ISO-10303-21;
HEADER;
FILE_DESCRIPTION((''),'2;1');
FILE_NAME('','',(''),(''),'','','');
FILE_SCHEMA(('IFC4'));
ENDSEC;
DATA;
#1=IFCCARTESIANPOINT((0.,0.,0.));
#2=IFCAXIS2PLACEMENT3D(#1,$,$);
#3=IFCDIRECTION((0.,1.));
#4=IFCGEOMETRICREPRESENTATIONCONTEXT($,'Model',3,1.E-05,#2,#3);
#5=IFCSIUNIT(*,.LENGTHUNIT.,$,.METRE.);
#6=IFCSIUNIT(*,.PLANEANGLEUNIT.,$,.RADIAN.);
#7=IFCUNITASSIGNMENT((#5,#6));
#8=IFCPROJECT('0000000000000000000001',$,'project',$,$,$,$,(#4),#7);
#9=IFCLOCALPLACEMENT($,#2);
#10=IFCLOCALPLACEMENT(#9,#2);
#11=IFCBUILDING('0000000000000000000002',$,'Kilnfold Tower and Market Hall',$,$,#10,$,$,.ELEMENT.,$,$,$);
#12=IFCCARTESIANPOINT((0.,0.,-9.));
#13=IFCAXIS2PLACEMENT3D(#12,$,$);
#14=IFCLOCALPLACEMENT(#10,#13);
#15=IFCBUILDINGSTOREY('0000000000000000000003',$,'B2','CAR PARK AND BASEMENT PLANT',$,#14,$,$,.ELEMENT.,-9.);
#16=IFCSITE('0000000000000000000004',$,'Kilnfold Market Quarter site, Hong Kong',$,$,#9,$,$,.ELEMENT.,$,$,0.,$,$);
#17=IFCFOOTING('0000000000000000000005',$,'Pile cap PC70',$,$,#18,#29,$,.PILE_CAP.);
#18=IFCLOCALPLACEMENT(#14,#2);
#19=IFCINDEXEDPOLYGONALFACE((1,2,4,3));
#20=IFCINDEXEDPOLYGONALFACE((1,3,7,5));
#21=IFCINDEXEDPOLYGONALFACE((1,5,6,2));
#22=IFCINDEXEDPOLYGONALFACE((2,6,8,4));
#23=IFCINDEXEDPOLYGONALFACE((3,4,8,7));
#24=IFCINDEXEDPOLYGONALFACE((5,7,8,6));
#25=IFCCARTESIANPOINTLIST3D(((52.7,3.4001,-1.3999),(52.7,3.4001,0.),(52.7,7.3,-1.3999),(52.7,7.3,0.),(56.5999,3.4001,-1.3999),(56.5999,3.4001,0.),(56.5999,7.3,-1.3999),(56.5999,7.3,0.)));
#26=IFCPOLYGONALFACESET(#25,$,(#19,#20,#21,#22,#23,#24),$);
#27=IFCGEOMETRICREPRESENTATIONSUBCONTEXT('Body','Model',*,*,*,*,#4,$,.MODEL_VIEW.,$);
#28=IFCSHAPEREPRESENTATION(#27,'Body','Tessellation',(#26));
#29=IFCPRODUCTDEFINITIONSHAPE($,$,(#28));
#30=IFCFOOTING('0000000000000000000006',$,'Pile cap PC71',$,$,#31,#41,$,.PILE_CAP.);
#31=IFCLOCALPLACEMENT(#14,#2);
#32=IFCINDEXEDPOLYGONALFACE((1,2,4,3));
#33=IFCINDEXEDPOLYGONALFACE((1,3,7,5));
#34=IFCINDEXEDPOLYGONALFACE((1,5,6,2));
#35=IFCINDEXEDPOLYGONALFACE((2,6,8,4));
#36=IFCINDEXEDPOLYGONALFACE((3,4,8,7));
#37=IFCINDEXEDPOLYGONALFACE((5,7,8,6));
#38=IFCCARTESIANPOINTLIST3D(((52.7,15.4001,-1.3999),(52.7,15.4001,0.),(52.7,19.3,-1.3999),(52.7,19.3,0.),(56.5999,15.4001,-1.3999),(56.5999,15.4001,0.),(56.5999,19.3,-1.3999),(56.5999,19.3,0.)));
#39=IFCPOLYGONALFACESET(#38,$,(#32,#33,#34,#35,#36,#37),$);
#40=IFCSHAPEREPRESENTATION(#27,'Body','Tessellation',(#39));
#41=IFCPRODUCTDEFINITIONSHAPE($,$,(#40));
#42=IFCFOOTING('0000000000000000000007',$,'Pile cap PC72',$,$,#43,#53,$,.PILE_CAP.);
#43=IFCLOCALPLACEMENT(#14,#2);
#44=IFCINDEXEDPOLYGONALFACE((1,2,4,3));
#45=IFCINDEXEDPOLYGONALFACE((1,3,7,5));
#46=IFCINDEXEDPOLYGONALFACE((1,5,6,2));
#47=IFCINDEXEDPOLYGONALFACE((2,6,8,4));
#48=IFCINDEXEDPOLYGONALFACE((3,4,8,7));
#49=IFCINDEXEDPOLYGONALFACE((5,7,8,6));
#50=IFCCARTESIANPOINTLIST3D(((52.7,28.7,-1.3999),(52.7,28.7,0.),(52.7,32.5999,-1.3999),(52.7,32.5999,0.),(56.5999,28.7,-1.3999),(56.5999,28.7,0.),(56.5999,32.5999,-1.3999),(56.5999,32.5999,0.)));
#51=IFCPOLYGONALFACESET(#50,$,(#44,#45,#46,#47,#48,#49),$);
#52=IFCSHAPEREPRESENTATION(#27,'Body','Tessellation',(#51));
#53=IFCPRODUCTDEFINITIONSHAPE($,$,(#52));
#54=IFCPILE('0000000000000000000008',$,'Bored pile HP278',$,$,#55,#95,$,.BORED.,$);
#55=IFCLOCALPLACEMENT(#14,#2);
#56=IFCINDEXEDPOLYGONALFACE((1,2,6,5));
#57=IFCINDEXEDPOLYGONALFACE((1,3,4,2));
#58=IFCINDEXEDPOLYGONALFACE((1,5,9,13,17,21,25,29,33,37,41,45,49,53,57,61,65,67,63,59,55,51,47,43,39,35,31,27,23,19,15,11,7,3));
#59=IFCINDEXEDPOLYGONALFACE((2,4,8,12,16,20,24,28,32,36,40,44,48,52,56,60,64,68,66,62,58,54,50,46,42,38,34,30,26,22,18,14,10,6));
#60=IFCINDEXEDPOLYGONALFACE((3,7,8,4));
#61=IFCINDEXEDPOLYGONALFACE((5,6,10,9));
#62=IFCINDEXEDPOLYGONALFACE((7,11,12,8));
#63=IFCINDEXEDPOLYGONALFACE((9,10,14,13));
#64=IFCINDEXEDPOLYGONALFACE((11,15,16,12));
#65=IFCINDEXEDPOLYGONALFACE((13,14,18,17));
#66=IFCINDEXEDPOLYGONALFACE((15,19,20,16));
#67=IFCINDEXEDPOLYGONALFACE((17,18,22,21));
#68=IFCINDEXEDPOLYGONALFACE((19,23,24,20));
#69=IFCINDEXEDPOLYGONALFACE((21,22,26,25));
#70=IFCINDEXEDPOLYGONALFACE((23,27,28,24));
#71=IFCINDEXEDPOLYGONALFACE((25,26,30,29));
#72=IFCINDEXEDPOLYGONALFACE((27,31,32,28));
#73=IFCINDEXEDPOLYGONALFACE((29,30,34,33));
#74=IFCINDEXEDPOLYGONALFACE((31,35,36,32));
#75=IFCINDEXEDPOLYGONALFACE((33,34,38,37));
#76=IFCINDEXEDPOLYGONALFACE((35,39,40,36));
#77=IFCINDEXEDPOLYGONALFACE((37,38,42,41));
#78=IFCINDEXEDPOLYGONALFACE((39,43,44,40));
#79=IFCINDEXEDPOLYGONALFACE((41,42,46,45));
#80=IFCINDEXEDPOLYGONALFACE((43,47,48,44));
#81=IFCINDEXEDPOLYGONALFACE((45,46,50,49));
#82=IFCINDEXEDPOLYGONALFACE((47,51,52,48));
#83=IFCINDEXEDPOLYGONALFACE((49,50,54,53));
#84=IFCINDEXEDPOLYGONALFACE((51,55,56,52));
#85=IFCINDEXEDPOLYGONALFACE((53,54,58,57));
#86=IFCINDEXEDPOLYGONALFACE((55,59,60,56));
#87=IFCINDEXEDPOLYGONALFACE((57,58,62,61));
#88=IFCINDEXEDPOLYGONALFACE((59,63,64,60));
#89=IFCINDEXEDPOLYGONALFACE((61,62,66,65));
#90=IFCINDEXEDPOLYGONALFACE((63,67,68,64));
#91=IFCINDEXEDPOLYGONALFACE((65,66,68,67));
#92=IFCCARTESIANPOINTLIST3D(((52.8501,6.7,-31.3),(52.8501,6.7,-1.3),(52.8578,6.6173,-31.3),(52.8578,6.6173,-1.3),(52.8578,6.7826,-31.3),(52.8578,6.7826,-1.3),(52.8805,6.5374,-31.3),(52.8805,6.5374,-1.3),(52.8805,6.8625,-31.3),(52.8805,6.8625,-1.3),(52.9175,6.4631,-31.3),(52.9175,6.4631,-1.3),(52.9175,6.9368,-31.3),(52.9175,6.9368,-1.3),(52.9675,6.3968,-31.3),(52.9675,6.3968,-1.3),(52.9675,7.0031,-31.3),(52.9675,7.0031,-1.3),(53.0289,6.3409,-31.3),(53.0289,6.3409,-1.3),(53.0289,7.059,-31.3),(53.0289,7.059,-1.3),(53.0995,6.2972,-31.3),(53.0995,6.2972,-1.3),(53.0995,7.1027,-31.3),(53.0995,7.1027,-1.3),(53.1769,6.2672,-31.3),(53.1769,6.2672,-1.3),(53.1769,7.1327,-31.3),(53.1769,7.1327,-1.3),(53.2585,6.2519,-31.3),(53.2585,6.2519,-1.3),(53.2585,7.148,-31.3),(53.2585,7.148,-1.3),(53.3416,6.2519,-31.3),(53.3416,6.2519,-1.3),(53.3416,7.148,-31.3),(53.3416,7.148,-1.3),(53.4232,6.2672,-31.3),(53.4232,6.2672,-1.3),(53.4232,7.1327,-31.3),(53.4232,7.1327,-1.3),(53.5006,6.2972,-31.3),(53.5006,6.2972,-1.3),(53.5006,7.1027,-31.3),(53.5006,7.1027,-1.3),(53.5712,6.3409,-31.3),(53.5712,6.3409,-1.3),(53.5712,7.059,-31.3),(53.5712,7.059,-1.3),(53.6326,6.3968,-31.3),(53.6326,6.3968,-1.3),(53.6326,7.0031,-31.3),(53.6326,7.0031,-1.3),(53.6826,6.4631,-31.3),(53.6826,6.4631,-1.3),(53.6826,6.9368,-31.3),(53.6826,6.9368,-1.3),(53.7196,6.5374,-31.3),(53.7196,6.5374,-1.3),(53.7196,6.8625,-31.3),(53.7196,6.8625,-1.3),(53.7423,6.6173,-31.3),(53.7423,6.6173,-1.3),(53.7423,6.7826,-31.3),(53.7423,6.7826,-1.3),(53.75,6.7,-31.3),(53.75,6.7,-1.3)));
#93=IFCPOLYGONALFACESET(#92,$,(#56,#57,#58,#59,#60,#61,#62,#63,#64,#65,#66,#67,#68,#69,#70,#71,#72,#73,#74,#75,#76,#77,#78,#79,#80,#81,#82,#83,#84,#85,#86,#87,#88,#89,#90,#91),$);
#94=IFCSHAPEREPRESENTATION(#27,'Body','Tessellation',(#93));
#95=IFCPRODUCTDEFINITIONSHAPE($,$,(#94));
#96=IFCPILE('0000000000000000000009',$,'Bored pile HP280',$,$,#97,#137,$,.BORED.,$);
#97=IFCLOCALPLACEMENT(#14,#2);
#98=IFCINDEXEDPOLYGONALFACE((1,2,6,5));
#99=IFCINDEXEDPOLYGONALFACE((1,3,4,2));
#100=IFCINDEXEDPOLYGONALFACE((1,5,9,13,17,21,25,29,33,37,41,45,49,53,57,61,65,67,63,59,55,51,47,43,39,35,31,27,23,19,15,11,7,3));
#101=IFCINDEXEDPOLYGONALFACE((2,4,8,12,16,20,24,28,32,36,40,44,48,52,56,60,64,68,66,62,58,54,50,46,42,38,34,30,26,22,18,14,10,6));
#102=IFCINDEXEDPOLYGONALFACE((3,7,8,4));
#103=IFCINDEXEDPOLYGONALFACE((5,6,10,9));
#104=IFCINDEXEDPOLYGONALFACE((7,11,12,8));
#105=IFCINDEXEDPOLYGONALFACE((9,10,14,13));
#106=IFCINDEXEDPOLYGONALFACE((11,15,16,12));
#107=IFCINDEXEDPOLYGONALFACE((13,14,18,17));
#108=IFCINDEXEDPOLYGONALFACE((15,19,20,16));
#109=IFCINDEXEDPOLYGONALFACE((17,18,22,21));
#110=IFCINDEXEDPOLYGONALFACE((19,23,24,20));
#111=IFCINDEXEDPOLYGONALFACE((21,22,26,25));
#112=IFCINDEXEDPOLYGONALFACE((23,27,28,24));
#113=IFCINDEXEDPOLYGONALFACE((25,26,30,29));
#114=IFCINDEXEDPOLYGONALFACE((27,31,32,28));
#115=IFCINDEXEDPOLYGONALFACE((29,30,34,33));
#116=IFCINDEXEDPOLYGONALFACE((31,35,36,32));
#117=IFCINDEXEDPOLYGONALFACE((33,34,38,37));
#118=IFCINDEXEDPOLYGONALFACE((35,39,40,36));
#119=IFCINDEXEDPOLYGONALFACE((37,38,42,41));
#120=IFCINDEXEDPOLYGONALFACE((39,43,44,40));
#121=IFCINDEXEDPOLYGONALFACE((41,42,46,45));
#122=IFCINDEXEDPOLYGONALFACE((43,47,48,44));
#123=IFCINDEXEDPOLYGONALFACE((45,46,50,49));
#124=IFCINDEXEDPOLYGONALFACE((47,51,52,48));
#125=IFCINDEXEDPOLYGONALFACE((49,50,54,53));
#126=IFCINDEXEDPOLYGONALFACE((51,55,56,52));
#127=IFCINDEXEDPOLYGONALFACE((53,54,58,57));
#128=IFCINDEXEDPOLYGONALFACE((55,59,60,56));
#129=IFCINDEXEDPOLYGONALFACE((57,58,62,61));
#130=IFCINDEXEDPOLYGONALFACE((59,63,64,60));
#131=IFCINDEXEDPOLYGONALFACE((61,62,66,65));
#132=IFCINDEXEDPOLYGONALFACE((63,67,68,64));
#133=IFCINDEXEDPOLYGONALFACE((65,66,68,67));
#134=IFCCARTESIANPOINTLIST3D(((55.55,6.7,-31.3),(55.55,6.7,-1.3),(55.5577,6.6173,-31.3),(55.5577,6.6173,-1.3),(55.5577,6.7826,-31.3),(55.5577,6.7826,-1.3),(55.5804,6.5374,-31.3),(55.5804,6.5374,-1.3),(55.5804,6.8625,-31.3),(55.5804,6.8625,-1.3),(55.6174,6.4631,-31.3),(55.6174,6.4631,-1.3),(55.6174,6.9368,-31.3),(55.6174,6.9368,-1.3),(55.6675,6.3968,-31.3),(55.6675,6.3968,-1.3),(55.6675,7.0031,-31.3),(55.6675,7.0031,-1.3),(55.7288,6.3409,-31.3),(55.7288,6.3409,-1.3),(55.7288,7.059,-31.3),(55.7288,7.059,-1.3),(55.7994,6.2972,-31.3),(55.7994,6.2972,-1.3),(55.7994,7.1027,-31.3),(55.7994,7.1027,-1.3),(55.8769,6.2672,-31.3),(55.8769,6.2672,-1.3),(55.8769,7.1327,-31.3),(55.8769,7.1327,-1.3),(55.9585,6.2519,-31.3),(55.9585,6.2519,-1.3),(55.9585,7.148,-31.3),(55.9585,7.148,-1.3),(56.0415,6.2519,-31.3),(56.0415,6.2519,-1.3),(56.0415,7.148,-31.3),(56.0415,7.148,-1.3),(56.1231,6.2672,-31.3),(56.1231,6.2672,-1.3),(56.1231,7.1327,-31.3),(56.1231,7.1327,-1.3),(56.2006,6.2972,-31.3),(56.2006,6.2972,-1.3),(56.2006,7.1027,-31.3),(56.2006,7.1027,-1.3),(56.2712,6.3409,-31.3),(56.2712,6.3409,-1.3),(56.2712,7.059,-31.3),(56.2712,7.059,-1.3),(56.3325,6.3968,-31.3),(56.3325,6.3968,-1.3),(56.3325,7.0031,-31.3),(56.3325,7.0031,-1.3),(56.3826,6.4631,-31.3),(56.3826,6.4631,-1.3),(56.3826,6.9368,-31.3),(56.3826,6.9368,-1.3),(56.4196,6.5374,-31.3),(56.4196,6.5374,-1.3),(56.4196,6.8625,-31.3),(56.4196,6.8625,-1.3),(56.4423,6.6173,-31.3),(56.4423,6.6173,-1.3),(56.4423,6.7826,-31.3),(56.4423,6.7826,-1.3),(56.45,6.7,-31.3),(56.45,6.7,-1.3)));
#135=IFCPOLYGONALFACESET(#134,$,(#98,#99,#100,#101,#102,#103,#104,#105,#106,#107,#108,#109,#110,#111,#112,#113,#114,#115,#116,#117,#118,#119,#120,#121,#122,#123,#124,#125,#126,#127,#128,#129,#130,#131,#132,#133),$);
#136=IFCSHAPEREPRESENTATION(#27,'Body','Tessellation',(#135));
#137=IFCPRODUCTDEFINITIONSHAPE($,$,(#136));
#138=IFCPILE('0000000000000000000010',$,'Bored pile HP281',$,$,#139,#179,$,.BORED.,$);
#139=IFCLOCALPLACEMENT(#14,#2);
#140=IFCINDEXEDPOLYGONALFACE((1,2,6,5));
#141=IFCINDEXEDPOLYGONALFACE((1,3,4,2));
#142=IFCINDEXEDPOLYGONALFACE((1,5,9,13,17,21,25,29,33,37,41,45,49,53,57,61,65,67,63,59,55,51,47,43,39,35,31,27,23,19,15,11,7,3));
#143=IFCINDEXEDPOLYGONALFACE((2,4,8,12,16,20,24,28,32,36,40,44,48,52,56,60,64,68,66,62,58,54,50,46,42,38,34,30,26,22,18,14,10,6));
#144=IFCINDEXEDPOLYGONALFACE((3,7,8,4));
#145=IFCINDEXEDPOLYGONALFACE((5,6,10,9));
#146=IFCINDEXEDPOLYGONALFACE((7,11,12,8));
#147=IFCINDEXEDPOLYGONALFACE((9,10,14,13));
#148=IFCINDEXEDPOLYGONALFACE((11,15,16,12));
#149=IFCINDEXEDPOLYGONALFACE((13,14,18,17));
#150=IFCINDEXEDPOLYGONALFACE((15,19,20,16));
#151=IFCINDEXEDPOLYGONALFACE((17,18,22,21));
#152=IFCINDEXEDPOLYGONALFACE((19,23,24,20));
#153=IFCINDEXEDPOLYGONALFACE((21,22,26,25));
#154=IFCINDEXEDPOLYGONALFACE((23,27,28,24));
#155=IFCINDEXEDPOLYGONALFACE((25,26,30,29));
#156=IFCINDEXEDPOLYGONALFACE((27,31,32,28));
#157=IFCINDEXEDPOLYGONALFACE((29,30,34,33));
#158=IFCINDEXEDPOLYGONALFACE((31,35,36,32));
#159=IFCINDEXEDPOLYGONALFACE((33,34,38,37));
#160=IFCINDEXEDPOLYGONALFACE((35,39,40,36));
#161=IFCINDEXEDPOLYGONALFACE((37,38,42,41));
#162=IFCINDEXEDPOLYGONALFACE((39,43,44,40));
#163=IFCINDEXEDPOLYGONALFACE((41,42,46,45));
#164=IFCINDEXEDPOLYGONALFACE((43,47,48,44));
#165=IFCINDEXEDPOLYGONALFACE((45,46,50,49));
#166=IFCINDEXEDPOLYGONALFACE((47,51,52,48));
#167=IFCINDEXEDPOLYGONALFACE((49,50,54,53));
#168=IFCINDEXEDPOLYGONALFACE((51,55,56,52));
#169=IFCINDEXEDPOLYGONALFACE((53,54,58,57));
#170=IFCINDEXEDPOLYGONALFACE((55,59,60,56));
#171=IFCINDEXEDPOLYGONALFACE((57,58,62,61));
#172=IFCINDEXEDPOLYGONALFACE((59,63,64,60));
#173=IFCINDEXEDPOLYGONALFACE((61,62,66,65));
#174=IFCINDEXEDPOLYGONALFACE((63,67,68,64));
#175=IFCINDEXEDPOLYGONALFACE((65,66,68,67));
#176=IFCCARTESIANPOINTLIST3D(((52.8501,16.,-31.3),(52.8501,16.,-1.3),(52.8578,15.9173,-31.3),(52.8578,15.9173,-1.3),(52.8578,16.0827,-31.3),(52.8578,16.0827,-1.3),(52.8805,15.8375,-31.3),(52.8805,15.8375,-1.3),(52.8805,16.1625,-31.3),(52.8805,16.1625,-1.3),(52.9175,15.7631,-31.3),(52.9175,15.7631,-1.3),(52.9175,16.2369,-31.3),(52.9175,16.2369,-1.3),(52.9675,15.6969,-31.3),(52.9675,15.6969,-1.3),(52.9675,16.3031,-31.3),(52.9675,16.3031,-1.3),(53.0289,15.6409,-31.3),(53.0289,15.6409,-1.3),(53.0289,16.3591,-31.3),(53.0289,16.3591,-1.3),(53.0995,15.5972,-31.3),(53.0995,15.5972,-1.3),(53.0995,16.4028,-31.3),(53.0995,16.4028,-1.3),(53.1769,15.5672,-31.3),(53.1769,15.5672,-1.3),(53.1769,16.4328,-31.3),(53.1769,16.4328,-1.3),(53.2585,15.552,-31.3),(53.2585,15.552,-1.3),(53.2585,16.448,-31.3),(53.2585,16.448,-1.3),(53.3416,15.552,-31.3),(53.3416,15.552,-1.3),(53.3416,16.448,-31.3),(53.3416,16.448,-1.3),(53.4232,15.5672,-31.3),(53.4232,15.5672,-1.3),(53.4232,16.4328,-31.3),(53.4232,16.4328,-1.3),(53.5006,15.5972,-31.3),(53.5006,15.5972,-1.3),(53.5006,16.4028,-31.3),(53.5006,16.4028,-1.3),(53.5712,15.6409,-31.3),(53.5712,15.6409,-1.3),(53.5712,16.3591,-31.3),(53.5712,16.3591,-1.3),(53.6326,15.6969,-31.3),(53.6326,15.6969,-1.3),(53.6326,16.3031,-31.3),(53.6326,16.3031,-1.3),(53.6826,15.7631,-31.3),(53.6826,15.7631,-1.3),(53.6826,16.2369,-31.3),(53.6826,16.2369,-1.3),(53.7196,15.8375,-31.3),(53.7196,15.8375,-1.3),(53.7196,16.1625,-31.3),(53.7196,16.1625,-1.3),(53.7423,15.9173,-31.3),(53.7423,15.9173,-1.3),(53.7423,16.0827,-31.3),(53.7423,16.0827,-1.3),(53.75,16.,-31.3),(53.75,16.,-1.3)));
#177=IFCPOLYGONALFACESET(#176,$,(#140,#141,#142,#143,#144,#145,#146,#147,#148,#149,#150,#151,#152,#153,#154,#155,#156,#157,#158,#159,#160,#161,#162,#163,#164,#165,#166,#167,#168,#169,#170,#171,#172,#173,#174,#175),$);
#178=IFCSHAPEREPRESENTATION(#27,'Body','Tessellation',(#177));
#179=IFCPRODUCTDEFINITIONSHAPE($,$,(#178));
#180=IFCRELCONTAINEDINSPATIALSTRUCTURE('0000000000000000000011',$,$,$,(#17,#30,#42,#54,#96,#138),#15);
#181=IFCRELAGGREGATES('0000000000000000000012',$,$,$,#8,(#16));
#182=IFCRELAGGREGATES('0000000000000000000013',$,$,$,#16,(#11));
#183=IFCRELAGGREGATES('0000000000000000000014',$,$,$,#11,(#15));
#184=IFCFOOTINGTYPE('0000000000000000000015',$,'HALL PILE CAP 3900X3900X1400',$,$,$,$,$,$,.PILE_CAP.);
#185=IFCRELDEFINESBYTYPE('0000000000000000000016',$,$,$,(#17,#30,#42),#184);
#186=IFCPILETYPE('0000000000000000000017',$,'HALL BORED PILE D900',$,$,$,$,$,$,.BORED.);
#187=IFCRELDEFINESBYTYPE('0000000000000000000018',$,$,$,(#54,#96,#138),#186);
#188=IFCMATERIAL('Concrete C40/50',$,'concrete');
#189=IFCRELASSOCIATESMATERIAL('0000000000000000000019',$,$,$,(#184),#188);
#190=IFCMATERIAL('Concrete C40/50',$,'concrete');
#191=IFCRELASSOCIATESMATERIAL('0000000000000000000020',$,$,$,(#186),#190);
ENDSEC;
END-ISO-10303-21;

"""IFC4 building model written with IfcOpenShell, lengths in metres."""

from ifc_helpers import new_model, si_unit, direction, frame, origin, origin_2d, place, context, subcontext, project, spatial, rectangle, circle, extrude, source, transform, mapped, material, material_profile, profile_set, type_object, element, save


model = new_model("IFC4")

# Units and contexts
model_context = context("Model", 3, precision=1e-05, world=origin(), true_north=direction((0.0, 1.0)))
body_context = subcontext(model_context, "Body", "Model", "MODEL_VIEW")
ifc_project = project(units=[si_unit("LENGTHUNIT", "METRE"), si_unit("PLANEANGLEUNIT", "RADIAN")], contexts=[model_context])

# Site, building, storey
site_placement = place(None, origin())
site = spatial("IfcSite", under=ifc_project, at=site_placement, Name="Kilnfold Market Quarter site, Hong Kong", CompositionType="ELEMENT", RefElevation=0.0)
building_placement = place(site_placement, origin())
building = spatial("IfcBuilding", under=site, at=building_placement, Name="Kilnfold Tower and Market Hall", CompositionType="ELEMENT")
storey_placement = place(building_placement, frame((0.0, 0.0, -9.0)))
storey = spatial("IfcBuildingStorey", under=building, at=storey_placement, Name="B2", Description="CAR PARK AND BASEMENT PLANT", CompositionType="ELEMENT", Elevation=-9.0)

# Footings
ifc_material_1 = material(Name="Concrete C40/50", Category="concrete")
footing_type = type_object("IfcFootingType", Name="HALL PILE CAP 3900X3900X1400", PredefinedType="PILE_CAP", material=ifc_material_1)
shared_shape_1 = source(origin(), body_context, "Body", "SweptSolid", [
    extrude(rectangle(XDim=3.8999, YDim=3.8999, at=origin_2d()), origin(), (0.0, 0.0, 1.0), 1.3999),
])
for number, where, z_axis, x_axis, name in (
    (1, (54.6499, 5.3501, -1.3999), (0.0, 0.0, 1.0), (1.0, 0.0, 0.0), "Pile cap PC70"),
    (2, (54.6499, 17.3501, -1.3999), (0.0, 0.0, 1.0), (1.0, 0.0, 0.0), "Pile cap PC71"),
    (3, (54.6499, 30.6499, -1.3999), (0.0, 0.0, 1.0), (1.0, 0.0, 0.0), "Pile cap PC72"),
):
    element("IfcFooting", number, at=place(storey_placement, frame(where, z_axis=z_axis, x_axis=x_axis)), inside=storey, type_object=footing_type, Name=name, PredefinedType="PILE_CAP", context=body_context, shape_type="MappedRepresentation", body=[
        mapped(shared_shape_1, transform((0.0, 0.0, 0.0))),
    ])

# Piles
ifc_material_2 = material(Name="Concrete C40/50", Category="concrete")
ifc_material_profile_1 = material_profile(ifc_material_2, circle(Radius=0.45, at=origin_2d()), Name="D900")
ifc_profile_set_1 = profile_set([ifc_material_profile_1], Name="Concrete C40/50")
pile_type = type_object("IfcPileType", Name="HALL BORED PILE D900", PredefinedType="BORED", material=ifc_profile_set_1)
shared_shape_2 = source(origin(), body_context, "Body", "SweptSolid", [
    extrude(circle(Radius=0.45, at=origin_2d()), origin(), (0.0, 0.0, 1.0), 30.0),
])
for number, where, z_axis, x_axis, name in (
    (4, (53.3, 6.7, -1.3), (0.0, 0.0, -1.0), (1.0, 0.0, 0.0), "Bored pile HP278"),
    (5, (56.0, 6.7, -1.3), (0.0, 0.0, -1.0), (1.0, 0.0, 0.0), "Bored pile HP280"),
    (6, (53.3, 16.0, -1.3), (0.0, 0.0, -1.0), (1.0, 0.0, 0.0), "Bored pile HP281"),
):
    element("IfcPile", number, at=place(storey_placement, frame(where, z_axis=z_axis, x_axis=x_axis)), inside=storey, type_object=pile_type, Name=name, PredefinedType="BORED", context=body_context, shape_type="MappedRepresentation", body=[
        mapped(shared_shape_2, transform((0.0, 0.0, 0.0))),
    ])

save(model, "model.ifc")
